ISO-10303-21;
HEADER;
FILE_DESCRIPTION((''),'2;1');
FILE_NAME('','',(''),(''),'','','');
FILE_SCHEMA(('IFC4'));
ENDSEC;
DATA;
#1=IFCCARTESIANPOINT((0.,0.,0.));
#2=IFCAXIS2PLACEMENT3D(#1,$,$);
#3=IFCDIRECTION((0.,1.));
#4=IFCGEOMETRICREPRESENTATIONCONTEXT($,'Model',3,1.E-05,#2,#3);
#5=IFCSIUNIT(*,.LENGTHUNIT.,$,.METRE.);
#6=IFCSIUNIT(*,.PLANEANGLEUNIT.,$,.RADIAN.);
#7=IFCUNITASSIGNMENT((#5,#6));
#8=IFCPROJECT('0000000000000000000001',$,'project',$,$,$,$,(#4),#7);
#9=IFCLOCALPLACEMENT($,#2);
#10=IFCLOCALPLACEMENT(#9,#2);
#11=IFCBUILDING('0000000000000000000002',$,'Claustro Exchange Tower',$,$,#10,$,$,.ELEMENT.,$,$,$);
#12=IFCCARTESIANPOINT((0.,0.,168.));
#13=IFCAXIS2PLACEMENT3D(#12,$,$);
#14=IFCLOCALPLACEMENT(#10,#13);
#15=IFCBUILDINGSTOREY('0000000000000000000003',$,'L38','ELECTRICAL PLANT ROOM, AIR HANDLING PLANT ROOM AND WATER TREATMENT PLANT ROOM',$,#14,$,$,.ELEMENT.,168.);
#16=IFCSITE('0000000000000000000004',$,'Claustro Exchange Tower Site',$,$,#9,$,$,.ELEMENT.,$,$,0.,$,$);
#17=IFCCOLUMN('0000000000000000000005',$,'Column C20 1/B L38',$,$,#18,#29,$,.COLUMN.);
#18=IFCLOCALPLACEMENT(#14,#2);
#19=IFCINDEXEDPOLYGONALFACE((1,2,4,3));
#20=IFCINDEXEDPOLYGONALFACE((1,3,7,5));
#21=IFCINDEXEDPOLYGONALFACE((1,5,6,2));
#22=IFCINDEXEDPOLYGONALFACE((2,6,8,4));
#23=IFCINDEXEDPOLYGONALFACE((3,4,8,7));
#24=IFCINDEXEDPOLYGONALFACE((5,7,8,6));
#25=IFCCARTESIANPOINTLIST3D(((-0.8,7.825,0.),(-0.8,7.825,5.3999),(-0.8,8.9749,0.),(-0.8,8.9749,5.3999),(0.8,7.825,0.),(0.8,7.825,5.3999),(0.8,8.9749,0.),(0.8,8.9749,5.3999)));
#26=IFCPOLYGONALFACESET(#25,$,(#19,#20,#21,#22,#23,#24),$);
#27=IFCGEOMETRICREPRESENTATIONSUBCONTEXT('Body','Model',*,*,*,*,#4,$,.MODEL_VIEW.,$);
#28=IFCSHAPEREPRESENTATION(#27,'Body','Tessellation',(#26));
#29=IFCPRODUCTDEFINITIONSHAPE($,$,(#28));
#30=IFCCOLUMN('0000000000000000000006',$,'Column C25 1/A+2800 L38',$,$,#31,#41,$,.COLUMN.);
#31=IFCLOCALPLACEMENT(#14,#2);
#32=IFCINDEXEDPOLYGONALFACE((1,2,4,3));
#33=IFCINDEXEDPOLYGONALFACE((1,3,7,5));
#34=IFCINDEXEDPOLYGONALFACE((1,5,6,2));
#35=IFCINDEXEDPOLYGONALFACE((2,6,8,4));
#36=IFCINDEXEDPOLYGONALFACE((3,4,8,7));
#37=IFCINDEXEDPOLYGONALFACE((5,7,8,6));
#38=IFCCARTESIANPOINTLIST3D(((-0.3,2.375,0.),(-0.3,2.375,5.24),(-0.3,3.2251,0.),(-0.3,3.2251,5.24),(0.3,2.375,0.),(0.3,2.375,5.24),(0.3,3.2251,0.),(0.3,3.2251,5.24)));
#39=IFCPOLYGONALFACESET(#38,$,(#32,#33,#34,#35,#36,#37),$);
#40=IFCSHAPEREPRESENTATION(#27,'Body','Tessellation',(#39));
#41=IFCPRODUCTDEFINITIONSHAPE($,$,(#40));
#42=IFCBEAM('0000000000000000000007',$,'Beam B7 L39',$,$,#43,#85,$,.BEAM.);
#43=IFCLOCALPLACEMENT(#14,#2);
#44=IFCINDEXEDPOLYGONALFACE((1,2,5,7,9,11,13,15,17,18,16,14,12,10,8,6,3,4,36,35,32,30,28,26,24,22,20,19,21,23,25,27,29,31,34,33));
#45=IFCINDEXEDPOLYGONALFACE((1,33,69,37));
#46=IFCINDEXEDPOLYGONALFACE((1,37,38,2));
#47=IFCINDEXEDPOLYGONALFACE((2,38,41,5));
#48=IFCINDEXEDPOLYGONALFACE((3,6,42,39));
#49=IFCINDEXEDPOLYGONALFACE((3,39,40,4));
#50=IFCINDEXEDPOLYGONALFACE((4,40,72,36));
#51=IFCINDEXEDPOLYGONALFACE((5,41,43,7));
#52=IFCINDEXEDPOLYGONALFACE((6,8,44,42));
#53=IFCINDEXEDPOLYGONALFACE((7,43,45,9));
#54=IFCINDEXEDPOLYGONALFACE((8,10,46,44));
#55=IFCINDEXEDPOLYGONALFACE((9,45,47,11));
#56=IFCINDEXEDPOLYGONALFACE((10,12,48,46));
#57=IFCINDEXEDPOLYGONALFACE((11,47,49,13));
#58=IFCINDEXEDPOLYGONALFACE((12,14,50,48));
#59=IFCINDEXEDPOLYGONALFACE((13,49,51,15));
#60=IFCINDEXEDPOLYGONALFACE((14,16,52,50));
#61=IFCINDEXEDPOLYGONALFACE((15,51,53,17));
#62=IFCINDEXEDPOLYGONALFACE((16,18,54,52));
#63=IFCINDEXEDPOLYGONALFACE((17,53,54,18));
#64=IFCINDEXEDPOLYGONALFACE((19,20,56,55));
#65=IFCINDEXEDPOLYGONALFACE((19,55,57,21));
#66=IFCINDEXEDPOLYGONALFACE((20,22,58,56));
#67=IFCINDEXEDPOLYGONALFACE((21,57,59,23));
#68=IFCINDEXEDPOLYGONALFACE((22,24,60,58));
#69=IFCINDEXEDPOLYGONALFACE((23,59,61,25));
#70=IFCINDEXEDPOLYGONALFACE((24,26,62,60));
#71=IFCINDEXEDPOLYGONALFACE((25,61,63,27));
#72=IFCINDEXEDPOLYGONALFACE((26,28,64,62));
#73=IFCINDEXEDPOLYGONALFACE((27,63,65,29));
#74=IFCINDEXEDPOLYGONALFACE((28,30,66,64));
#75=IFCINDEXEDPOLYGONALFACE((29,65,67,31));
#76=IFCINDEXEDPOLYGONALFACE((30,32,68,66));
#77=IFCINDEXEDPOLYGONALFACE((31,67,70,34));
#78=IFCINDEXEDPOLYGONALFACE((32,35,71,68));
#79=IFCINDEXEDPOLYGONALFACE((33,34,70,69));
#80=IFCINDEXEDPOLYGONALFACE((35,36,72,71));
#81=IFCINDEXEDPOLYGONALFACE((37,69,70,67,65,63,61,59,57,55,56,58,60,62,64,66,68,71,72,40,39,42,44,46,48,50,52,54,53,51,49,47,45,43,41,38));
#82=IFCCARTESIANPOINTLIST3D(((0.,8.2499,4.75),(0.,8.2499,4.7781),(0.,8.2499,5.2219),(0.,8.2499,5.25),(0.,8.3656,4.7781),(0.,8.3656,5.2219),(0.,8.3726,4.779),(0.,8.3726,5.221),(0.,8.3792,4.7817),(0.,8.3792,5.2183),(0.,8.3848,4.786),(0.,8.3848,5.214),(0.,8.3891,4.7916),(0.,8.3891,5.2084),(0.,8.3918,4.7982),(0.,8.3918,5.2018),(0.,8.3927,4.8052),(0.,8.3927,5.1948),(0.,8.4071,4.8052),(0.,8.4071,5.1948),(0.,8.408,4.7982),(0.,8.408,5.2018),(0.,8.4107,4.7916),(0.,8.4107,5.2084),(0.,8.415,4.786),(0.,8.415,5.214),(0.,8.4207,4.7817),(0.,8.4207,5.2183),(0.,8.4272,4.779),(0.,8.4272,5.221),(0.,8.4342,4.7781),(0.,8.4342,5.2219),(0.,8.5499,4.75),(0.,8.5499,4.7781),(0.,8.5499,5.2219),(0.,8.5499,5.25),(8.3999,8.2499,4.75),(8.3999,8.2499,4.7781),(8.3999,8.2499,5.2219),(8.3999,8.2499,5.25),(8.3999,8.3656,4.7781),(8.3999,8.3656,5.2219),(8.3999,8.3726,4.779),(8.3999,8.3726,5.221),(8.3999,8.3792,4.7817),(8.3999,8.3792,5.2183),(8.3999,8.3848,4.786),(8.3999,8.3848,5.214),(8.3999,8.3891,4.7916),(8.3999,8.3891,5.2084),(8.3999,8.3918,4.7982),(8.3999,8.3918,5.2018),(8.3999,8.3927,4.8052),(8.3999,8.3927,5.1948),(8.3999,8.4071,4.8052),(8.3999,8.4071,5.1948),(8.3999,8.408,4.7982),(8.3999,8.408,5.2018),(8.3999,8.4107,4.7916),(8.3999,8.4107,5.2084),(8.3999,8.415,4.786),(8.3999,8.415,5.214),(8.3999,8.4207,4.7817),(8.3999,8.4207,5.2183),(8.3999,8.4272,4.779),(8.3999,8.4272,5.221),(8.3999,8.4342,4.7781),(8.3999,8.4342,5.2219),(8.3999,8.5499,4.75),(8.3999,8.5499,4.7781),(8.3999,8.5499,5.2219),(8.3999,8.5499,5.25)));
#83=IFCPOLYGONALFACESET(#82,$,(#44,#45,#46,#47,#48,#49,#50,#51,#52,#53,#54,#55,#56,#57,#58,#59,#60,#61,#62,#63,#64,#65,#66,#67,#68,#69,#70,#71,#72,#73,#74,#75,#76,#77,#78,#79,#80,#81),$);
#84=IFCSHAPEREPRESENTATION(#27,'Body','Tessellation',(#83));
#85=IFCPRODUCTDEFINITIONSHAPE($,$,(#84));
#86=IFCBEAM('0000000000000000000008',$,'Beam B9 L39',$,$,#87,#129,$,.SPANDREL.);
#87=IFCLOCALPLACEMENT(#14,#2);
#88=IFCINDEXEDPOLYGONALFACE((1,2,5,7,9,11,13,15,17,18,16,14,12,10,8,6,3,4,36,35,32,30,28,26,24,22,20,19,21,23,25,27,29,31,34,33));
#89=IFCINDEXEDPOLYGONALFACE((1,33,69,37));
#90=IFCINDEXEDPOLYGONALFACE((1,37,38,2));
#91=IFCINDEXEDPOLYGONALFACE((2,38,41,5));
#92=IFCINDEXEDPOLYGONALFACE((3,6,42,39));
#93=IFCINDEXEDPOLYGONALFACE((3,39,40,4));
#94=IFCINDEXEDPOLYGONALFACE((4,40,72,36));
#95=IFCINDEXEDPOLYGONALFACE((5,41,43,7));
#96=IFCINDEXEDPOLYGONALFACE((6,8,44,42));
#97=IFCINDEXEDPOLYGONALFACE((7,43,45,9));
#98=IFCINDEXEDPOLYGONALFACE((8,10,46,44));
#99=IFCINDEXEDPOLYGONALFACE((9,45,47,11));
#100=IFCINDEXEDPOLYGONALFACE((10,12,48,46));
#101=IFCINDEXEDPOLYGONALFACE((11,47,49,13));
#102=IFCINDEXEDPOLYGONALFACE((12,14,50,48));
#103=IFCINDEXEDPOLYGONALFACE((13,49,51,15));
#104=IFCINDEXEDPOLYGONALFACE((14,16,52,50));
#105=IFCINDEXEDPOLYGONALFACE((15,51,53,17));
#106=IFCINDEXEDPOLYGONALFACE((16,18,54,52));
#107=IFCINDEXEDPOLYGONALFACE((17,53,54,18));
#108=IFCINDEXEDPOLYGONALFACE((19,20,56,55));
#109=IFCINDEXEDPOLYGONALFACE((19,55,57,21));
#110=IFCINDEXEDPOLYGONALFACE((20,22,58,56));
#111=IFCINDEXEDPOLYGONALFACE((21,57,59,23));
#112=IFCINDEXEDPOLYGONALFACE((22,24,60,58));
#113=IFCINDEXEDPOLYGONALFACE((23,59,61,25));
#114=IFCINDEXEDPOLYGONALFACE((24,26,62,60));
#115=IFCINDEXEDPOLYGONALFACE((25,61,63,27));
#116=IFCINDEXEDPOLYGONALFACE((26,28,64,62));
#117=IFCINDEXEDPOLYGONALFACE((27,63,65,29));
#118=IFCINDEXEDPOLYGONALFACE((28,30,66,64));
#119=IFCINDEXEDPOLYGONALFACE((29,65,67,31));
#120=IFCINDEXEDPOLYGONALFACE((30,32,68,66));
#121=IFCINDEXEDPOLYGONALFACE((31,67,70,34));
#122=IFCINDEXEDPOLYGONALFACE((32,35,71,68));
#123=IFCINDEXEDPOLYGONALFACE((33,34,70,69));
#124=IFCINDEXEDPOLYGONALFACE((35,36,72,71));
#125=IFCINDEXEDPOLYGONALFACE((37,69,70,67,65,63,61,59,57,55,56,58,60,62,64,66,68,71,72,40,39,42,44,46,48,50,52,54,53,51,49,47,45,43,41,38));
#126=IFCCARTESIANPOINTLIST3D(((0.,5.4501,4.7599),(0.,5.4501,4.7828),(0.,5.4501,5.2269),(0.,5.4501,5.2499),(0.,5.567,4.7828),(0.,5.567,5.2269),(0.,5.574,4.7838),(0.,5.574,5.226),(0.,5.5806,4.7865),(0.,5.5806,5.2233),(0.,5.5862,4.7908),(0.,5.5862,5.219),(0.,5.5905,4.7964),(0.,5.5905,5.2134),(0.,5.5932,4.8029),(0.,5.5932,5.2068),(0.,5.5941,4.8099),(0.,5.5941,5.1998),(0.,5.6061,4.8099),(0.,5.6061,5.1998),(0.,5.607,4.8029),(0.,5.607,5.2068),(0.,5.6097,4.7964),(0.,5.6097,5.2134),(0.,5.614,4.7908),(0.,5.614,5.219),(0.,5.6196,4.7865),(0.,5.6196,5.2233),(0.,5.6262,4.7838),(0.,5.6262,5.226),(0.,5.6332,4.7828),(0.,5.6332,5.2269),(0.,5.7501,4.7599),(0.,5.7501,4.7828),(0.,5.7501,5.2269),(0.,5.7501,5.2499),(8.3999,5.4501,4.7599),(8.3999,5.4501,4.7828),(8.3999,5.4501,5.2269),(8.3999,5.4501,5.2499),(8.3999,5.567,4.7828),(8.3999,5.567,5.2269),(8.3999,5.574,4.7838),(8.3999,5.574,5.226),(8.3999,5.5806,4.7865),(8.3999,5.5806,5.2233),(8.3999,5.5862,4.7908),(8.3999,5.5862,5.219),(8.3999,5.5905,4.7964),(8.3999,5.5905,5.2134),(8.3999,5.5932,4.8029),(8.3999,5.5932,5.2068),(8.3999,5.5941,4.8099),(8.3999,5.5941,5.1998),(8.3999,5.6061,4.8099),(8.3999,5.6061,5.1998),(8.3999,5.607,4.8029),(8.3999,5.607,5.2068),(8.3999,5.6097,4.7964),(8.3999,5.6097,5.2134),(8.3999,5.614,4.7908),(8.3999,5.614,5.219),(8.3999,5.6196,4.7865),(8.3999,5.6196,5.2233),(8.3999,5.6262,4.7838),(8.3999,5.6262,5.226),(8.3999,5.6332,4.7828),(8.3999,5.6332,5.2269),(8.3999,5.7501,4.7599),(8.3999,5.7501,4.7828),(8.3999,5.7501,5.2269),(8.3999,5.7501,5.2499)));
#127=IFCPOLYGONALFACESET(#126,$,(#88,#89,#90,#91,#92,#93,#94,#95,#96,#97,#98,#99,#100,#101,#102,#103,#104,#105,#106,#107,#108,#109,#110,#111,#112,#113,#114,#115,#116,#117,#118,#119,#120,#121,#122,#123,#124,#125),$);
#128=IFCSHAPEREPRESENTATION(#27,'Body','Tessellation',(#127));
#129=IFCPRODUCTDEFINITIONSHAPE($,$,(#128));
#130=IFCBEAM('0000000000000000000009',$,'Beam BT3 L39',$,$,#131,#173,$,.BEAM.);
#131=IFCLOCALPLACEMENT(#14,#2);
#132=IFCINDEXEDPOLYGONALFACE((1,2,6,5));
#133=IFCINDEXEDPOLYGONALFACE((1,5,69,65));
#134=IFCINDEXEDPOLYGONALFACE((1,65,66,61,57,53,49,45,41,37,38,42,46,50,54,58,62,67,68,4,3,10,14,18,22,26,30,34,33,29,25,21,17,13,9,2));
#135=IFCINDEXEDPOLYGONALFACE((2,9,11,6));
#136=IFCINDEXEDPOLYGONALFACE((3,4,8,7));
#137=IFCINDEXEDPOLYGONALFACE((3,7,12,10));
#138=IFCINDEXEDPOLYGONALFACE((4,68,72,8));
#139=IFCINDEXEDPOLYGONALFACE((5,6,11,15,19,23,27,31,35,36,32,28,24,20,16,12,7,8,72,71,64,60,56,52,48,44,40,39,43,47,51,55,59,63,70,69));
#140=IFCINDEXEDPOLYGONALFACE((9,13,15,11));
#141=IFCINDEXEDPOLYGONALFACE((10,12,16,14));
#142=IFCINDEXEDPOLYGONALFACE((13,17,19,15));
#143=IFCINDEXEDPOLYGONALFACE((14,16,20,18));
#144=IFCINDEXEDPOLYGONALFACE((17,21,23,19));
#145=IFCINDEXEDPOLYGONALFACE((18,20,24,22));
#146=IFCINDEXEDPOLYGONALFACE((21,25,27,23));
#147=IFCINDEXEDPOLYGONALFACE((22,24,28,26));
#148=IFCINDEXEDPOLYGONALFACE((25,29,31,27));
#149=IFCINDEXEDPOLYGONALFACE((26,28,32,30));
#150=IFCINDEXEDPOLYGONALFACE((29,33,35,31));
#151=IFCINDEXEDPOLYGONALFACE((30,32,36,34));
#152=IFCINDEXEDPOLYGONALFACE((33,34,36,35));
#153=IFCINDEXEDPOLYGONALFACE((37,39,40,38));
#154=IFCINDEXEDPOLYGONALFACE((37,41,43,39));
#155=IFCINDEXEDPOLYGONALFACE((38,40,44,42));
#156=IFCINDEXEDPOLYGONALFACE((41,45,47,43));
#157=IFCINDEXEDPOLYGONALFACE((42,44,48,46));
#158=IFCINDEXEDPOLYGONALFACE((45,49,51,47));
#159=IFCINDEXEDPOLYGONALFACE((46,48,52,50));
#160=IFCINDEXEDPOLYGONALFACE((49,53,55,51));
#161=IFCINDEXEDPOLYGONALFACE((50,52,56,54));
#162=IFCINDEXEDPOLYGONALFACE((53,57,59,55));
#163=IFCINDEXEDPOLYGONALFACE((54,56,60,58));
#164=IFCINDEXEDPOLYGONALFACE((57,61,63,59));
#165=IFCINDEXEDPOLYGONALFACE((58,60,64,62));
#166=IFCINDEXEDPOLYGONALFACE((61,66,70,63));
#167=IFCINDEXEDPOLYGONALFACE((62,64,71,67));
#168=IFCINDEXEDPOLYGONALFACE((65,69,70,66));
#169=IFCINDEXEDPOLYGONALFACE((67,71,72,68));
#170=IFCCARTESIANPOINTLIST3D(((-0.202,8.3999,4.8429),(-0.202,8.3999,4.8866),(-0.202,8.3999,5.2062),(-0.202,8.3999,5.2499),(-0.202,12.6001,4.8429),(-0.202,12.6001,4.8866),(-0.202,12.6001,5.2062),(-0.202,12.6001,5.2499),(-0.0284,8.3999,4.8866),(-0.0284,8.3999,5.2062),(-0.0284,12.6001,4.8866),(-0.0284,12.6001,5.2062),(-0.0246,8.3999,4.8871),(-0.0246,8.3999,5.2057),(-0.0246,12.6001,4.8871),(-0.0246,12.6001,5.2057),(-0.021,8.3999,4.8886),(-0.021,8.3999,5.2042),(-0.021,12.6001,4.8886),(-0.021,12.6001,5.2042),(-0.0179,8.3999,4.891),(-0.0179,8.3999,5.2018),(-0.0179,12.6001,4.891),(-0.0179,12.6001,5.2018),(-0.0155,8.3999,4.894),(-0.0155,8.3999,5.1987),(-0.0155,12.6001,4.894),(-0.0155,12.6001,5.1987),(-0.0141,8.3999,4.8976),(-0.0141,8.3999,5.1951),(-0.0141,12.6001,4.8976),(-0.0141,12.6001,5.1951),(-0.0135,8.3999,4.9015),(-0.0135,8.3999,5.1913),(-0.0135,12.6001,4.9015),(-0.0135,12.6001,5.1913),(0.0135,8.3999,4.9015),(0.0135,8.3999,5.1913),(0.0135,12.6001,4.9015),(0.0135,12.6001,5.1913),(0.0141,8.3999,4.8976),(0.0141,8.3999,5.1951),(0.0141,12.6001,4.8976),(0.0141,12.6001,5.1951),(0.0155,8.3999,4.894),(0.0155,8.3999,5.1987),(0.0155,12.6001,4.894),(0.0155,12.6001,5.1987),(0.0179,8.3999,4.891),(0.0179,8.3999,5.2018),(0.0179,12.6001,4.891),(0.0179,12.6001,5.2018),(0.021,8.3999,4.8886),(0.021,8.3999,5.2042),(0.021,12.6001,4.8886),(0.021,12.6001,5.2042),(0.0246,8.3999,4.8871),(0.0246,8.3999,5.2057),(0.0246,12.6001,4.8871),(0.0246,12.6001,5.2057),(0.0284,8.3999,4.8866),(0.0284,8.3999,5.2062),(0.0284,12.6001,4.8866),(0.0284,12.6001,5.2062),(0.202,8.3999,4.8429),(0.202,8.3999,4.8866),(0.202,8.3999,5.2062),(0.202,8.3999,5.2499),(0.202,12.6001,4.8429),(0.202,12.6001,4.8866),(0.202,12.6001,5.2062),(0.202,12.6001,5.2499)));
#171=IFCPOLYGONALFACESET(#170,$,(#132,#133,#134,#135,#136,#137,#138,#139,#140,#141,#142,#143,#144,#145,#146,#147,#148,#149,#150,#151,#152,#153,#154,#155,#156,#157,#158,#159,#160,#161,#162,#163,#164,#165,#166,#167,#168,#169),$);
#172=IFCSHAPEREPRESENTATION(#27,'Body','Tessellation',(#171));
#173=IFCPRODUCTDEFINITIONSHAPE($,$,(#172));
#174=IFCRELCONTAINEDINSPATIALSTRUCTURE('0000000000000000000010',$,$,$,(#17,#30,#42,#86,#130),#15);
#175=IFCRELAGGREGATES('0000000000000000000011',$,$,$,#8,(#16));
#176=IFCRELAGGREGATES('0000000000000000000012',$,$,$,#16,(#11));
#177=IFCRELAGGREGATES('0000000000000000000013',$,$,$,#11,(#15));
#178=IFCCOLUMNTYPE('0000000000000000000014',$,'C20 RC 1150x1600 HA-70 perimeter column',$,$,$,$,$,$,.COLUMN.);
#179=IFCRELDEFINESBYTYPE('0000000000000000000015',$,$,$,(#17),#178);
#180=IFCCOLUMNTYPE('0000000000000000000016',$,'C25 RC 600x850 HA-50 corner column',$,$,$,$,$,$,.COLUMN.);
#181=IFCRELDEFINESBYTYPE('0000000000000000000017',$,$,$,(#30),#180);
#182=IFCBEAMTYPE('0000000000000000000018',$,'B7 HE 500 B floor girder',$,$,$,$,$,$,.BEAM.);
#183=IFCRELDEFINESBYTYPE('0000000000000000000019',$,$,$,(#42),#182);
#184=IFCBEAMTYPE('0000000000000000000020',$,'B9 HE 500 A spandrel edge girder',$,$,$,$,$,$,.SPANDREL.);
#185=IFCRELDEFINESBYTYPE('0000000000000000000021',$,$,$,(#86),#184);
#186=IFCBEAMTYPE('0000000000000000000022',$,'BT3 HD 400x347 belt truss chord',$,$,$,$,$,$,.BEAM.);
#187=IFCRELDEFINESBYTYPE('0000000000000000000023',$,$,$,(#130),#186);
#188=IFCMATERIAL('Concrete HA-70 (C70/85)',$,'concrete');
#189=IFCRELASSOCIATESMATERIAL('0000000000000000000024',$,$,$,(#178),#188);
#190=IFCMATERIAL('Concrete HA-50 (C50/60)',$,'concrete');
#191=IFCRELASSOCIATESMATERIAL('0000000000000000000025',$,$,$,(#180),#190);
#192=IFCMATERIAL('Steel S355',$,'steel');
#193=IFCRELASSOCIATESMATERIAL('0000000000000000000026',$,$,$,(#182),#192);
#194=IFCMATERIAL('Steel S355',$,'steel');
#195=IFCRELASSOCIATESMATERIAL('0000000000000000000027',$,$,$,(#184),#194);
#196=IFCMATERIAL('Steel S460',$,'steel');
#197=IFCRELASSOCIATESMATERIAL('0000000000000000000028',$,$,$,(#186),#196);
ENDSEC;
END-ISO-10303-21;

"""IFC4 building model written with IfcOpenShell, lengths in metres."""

from ifc_helpers import new_model, si_unit, direction, frame, origin, origin_2d, place, context, subcontext, project, spatial, rectangle, i_section, extrude, material, material_profile, profile_set, type_object, element, save


model = new_model("IFC4")

# Units and contexts
model_context = context("Model", 3, precision=1e-05, world=origin(), true_north=direction((0.0, 1.0)))
body_context = subcontext(model_context, "Body", "Model", "MODEL_VIEW")
ifc_project = project(units=[si_unit("LENGTHUNIT", "METRE"), si_unit("PLANEANGLEUNIT", "RADIAN")], contexts=[model_context])

# Site, building, storey
site_placement = place(None, origin())
site = spatial("IfcSite", under=ifc_project, at=site_placement, Name="Claustro Exchange Tower Site", CompositionType="ELEMENT", RefElevation=0.0)
building_placement = place(site_placement, origin())
building = spatial("IfcBuilding", under=site, at=building_placement, Name="Claustro Exchange Tower", CompositionType="ELEMENT")
storey_placement = place(building_placement, frame((0.0, 0.0, 168.0)))
storey = spatial("IfcBuildingStorey", under=building, at=storey_placement, Name="L38", Description="ELECTRICAL PLANT ROOM, AIR HANDLING PLANT ROOM AND WATER TREATMENT PLANT ROOM", CompositionType="ELEMENT", Elevation=168.0)

# Columns
ifc_material_1 = material(Name="Concrete HA-70 (C70/85)", Category="concrete")
ifc_material_profile_1 = material_profile(ifc_material_1, rectangle(XDim=1.1499, YDim=1.6001, at=origin_2d()), Name="RC 1150x1600")
ifc_profile_set_1 = profile_set([ifc_material_profile_1], Name="Concrete HA-70 (C70/85)")
column_type_1 = type_object("IfcColumnType", Name="C20 RC 1150x1600 HA-70 perimeter column", PredefinedType="COLUMN", material=ifc_profile_set_1)
column_1_placement = place(storey_placement, frame((0.0, 8.3999, 0.0), z_axis=(0.0, 0.0, 1.0), x_axis=(0.0, 1.0, 0.0)))
element("IfcColumn", 1, at=column_1_placement, inside=storey, type_object=column_type_1, Name="Column C20 1/B L38", PredefinedType="COLUMN", context=body_context, shape_type="SweptSolid", body=[
    extrude(rectangle(XDim=1.1499, YDim=1.6001, at=origin_2d()), origin(), (0.0, 0.0, 1.0), 5.3999),
])
ifc_material_2 = material(Name="Concrete HA-50 (C50/60)", Category="concrete")
ifc_material_profile_2 = material_profile(ifc_material_2, rectangle(XDim=0.6001, YDim=0.8501, at=origin_2d()), Name="RC 600x850")
ifc_profile_set_2 = profile_set([ifc_material_profile_2], Name="Concrete HA-50 (C50/60)")
column_type_2 = type_object("IfcColumnType", Name="C25 RC 600x850 HA-50 corner column", PredefinedType="COLUMN", material=ifc_profile_set_2)
column_2_placement = place(storey_placement, frame((0.0, 2.8, 0.0), z_axis=(0.0, 0.0, 1.0), x_axis=(1.0, 0.0, 0.0)))
element("IfcColumn", 2, at=column_2_placement, inside=storey, type_object=column_type_2, Name="Column C25 1/A+2800 L38", PredefinedType="COLUMN", context=body_context, shape_type="SweptSolid", body=[
    extrude(rectangle(XDim=0.6001, YDim=0.8501, at=origin_2d()), origin(), (0.0, 0.0, 1.0), 5.24),
])

# Beams
ifc_material_3 = material(Name="Steel S355", Category="steel")
ifc_material_profile_3 = material_profile(ifc_material_3, i_section(OverallWidth=0.3, OverallDepth=0.5, WebThickness=0.0144, FlangeThickness=0.0281, FilletRadius=0.0271, at=origin_2d()), Name="HE 500 B")
ifc_profile_set_3 = profile_set([ifc_material_profile_3], Name="Steel S355")
beam_type_1 = type_object("IfcBeamType", Name="B7 HE 500 B floor girder", PredefinedType="BEAM", material=ifc_profile_set_3)
beam_1_placement = place(storey_placement, frame((0.0, 8.3999, 5.0), z_axis=(1.0, 0.0, 0.0), x_axis=(0.0, 1.0, 0.0)))
element("IfcBeam", 3, at=beam_1_placement, inside=storey, type_object=beam_type_1, Name="Beam B7 L39", PredefinedType="BEAM", context=body_context, shape_type="SweptSolid", body=[
    extrude(i_section(OverallWidth=0.3, OverallDepth=0.5, WebThickness=0.0144, FlangeThickness=0.0281, FilletRadius=0.0271, at=origin_2d()), origin(), (0.0, 0.0, 1.0), 8.3999),
])
ifc_material_4 = material(Name="Steel S355", Category="steel")
ifc_material_profile_4 = material_profile(ifc_material_4, i_section(OverallWidth=0.3, OverallDepth=0.49, WebThickness=0.012, FlangeThickness=0.0229, FilletRadius=0.0271, at=origin_2d()), Name="HE 500 A")
ifc_profile_set_4 = profile_set([ifc_material_profile_4], Name="Steel S355")
beam_type_2 = type_object("IfcBeamType", Name="B9 HE 500 A spandrel edge girder", PredefinedType="SPANDREL", material=ifc_profile_set_4)
beam_2_placement = place(storey_placement, frame((0.0, 5.6001, 5.0049), z_axis=(1.0, 0.0, 0.0), x_axis=(0.0, 1.0, 0.0)))
element("IfcBeam", 4, at=beam_2_placement, inside=storey, type_object=beam_type_2, Name="Beam B9 L39", PredefinedType="SPANDREL", context=body_context, shape_type="SweptSolid", body=[
    extrude(i_section(OverallWidth=0.3, OverallDepth=0.49, WebThickness=0.012, FlangeThickness=0.0229, FilletRadius=0.0271, at=origin_2d()), origin(), (0.0, 0.0, 1.0), 8.3999),
])
ifc_material_5 = material(Name="Steel S460", Category="steel")
ifc_material_profile_5 = material_profile(ifc_material_5, i_section(OverallWidth=0.4041, OverallDepth=0.407, WebThickness=0.0271, FlangeThickness=0.0437, FilletRadius=0.0149, at=origin_2d()), Name="HD 400x347")
ifc_profile_set_5 = profile_set([ifc_material_profile_5], Name="Steel S460")
beam_type_3 = type_object("IfcBeamType", Name="BT3 HD 400x347 belt truss chord", PredefinedType="BEAM", material=ifc_profile_set_5)
beam_3_placement = place(storey_placement, frame((0.0, 8.3999, 5.0464), z_axis=(0.0, 1.0, 0.0), x_axis=(-1.0, 0.0, 0.0)))
element("IfcBeam", 5, at=beam_3_placement, inside=storey, type_object=beam_type_3, Name="Beam BT3 L39", PredefinedType="BEAM", context=body_context, shape_type="SweptSolid", body=[
    extrude(i_section(OverallWidth=0.4041, OverallDepth=0.407, WebThickness=0.0271, FlangeThickness=0.0437, FilletRadius=0.0149, at=origin_2d()), origin(), (0.0, 0.0, 1.0), 4.2002),
])

save(model, "model.ifc")
